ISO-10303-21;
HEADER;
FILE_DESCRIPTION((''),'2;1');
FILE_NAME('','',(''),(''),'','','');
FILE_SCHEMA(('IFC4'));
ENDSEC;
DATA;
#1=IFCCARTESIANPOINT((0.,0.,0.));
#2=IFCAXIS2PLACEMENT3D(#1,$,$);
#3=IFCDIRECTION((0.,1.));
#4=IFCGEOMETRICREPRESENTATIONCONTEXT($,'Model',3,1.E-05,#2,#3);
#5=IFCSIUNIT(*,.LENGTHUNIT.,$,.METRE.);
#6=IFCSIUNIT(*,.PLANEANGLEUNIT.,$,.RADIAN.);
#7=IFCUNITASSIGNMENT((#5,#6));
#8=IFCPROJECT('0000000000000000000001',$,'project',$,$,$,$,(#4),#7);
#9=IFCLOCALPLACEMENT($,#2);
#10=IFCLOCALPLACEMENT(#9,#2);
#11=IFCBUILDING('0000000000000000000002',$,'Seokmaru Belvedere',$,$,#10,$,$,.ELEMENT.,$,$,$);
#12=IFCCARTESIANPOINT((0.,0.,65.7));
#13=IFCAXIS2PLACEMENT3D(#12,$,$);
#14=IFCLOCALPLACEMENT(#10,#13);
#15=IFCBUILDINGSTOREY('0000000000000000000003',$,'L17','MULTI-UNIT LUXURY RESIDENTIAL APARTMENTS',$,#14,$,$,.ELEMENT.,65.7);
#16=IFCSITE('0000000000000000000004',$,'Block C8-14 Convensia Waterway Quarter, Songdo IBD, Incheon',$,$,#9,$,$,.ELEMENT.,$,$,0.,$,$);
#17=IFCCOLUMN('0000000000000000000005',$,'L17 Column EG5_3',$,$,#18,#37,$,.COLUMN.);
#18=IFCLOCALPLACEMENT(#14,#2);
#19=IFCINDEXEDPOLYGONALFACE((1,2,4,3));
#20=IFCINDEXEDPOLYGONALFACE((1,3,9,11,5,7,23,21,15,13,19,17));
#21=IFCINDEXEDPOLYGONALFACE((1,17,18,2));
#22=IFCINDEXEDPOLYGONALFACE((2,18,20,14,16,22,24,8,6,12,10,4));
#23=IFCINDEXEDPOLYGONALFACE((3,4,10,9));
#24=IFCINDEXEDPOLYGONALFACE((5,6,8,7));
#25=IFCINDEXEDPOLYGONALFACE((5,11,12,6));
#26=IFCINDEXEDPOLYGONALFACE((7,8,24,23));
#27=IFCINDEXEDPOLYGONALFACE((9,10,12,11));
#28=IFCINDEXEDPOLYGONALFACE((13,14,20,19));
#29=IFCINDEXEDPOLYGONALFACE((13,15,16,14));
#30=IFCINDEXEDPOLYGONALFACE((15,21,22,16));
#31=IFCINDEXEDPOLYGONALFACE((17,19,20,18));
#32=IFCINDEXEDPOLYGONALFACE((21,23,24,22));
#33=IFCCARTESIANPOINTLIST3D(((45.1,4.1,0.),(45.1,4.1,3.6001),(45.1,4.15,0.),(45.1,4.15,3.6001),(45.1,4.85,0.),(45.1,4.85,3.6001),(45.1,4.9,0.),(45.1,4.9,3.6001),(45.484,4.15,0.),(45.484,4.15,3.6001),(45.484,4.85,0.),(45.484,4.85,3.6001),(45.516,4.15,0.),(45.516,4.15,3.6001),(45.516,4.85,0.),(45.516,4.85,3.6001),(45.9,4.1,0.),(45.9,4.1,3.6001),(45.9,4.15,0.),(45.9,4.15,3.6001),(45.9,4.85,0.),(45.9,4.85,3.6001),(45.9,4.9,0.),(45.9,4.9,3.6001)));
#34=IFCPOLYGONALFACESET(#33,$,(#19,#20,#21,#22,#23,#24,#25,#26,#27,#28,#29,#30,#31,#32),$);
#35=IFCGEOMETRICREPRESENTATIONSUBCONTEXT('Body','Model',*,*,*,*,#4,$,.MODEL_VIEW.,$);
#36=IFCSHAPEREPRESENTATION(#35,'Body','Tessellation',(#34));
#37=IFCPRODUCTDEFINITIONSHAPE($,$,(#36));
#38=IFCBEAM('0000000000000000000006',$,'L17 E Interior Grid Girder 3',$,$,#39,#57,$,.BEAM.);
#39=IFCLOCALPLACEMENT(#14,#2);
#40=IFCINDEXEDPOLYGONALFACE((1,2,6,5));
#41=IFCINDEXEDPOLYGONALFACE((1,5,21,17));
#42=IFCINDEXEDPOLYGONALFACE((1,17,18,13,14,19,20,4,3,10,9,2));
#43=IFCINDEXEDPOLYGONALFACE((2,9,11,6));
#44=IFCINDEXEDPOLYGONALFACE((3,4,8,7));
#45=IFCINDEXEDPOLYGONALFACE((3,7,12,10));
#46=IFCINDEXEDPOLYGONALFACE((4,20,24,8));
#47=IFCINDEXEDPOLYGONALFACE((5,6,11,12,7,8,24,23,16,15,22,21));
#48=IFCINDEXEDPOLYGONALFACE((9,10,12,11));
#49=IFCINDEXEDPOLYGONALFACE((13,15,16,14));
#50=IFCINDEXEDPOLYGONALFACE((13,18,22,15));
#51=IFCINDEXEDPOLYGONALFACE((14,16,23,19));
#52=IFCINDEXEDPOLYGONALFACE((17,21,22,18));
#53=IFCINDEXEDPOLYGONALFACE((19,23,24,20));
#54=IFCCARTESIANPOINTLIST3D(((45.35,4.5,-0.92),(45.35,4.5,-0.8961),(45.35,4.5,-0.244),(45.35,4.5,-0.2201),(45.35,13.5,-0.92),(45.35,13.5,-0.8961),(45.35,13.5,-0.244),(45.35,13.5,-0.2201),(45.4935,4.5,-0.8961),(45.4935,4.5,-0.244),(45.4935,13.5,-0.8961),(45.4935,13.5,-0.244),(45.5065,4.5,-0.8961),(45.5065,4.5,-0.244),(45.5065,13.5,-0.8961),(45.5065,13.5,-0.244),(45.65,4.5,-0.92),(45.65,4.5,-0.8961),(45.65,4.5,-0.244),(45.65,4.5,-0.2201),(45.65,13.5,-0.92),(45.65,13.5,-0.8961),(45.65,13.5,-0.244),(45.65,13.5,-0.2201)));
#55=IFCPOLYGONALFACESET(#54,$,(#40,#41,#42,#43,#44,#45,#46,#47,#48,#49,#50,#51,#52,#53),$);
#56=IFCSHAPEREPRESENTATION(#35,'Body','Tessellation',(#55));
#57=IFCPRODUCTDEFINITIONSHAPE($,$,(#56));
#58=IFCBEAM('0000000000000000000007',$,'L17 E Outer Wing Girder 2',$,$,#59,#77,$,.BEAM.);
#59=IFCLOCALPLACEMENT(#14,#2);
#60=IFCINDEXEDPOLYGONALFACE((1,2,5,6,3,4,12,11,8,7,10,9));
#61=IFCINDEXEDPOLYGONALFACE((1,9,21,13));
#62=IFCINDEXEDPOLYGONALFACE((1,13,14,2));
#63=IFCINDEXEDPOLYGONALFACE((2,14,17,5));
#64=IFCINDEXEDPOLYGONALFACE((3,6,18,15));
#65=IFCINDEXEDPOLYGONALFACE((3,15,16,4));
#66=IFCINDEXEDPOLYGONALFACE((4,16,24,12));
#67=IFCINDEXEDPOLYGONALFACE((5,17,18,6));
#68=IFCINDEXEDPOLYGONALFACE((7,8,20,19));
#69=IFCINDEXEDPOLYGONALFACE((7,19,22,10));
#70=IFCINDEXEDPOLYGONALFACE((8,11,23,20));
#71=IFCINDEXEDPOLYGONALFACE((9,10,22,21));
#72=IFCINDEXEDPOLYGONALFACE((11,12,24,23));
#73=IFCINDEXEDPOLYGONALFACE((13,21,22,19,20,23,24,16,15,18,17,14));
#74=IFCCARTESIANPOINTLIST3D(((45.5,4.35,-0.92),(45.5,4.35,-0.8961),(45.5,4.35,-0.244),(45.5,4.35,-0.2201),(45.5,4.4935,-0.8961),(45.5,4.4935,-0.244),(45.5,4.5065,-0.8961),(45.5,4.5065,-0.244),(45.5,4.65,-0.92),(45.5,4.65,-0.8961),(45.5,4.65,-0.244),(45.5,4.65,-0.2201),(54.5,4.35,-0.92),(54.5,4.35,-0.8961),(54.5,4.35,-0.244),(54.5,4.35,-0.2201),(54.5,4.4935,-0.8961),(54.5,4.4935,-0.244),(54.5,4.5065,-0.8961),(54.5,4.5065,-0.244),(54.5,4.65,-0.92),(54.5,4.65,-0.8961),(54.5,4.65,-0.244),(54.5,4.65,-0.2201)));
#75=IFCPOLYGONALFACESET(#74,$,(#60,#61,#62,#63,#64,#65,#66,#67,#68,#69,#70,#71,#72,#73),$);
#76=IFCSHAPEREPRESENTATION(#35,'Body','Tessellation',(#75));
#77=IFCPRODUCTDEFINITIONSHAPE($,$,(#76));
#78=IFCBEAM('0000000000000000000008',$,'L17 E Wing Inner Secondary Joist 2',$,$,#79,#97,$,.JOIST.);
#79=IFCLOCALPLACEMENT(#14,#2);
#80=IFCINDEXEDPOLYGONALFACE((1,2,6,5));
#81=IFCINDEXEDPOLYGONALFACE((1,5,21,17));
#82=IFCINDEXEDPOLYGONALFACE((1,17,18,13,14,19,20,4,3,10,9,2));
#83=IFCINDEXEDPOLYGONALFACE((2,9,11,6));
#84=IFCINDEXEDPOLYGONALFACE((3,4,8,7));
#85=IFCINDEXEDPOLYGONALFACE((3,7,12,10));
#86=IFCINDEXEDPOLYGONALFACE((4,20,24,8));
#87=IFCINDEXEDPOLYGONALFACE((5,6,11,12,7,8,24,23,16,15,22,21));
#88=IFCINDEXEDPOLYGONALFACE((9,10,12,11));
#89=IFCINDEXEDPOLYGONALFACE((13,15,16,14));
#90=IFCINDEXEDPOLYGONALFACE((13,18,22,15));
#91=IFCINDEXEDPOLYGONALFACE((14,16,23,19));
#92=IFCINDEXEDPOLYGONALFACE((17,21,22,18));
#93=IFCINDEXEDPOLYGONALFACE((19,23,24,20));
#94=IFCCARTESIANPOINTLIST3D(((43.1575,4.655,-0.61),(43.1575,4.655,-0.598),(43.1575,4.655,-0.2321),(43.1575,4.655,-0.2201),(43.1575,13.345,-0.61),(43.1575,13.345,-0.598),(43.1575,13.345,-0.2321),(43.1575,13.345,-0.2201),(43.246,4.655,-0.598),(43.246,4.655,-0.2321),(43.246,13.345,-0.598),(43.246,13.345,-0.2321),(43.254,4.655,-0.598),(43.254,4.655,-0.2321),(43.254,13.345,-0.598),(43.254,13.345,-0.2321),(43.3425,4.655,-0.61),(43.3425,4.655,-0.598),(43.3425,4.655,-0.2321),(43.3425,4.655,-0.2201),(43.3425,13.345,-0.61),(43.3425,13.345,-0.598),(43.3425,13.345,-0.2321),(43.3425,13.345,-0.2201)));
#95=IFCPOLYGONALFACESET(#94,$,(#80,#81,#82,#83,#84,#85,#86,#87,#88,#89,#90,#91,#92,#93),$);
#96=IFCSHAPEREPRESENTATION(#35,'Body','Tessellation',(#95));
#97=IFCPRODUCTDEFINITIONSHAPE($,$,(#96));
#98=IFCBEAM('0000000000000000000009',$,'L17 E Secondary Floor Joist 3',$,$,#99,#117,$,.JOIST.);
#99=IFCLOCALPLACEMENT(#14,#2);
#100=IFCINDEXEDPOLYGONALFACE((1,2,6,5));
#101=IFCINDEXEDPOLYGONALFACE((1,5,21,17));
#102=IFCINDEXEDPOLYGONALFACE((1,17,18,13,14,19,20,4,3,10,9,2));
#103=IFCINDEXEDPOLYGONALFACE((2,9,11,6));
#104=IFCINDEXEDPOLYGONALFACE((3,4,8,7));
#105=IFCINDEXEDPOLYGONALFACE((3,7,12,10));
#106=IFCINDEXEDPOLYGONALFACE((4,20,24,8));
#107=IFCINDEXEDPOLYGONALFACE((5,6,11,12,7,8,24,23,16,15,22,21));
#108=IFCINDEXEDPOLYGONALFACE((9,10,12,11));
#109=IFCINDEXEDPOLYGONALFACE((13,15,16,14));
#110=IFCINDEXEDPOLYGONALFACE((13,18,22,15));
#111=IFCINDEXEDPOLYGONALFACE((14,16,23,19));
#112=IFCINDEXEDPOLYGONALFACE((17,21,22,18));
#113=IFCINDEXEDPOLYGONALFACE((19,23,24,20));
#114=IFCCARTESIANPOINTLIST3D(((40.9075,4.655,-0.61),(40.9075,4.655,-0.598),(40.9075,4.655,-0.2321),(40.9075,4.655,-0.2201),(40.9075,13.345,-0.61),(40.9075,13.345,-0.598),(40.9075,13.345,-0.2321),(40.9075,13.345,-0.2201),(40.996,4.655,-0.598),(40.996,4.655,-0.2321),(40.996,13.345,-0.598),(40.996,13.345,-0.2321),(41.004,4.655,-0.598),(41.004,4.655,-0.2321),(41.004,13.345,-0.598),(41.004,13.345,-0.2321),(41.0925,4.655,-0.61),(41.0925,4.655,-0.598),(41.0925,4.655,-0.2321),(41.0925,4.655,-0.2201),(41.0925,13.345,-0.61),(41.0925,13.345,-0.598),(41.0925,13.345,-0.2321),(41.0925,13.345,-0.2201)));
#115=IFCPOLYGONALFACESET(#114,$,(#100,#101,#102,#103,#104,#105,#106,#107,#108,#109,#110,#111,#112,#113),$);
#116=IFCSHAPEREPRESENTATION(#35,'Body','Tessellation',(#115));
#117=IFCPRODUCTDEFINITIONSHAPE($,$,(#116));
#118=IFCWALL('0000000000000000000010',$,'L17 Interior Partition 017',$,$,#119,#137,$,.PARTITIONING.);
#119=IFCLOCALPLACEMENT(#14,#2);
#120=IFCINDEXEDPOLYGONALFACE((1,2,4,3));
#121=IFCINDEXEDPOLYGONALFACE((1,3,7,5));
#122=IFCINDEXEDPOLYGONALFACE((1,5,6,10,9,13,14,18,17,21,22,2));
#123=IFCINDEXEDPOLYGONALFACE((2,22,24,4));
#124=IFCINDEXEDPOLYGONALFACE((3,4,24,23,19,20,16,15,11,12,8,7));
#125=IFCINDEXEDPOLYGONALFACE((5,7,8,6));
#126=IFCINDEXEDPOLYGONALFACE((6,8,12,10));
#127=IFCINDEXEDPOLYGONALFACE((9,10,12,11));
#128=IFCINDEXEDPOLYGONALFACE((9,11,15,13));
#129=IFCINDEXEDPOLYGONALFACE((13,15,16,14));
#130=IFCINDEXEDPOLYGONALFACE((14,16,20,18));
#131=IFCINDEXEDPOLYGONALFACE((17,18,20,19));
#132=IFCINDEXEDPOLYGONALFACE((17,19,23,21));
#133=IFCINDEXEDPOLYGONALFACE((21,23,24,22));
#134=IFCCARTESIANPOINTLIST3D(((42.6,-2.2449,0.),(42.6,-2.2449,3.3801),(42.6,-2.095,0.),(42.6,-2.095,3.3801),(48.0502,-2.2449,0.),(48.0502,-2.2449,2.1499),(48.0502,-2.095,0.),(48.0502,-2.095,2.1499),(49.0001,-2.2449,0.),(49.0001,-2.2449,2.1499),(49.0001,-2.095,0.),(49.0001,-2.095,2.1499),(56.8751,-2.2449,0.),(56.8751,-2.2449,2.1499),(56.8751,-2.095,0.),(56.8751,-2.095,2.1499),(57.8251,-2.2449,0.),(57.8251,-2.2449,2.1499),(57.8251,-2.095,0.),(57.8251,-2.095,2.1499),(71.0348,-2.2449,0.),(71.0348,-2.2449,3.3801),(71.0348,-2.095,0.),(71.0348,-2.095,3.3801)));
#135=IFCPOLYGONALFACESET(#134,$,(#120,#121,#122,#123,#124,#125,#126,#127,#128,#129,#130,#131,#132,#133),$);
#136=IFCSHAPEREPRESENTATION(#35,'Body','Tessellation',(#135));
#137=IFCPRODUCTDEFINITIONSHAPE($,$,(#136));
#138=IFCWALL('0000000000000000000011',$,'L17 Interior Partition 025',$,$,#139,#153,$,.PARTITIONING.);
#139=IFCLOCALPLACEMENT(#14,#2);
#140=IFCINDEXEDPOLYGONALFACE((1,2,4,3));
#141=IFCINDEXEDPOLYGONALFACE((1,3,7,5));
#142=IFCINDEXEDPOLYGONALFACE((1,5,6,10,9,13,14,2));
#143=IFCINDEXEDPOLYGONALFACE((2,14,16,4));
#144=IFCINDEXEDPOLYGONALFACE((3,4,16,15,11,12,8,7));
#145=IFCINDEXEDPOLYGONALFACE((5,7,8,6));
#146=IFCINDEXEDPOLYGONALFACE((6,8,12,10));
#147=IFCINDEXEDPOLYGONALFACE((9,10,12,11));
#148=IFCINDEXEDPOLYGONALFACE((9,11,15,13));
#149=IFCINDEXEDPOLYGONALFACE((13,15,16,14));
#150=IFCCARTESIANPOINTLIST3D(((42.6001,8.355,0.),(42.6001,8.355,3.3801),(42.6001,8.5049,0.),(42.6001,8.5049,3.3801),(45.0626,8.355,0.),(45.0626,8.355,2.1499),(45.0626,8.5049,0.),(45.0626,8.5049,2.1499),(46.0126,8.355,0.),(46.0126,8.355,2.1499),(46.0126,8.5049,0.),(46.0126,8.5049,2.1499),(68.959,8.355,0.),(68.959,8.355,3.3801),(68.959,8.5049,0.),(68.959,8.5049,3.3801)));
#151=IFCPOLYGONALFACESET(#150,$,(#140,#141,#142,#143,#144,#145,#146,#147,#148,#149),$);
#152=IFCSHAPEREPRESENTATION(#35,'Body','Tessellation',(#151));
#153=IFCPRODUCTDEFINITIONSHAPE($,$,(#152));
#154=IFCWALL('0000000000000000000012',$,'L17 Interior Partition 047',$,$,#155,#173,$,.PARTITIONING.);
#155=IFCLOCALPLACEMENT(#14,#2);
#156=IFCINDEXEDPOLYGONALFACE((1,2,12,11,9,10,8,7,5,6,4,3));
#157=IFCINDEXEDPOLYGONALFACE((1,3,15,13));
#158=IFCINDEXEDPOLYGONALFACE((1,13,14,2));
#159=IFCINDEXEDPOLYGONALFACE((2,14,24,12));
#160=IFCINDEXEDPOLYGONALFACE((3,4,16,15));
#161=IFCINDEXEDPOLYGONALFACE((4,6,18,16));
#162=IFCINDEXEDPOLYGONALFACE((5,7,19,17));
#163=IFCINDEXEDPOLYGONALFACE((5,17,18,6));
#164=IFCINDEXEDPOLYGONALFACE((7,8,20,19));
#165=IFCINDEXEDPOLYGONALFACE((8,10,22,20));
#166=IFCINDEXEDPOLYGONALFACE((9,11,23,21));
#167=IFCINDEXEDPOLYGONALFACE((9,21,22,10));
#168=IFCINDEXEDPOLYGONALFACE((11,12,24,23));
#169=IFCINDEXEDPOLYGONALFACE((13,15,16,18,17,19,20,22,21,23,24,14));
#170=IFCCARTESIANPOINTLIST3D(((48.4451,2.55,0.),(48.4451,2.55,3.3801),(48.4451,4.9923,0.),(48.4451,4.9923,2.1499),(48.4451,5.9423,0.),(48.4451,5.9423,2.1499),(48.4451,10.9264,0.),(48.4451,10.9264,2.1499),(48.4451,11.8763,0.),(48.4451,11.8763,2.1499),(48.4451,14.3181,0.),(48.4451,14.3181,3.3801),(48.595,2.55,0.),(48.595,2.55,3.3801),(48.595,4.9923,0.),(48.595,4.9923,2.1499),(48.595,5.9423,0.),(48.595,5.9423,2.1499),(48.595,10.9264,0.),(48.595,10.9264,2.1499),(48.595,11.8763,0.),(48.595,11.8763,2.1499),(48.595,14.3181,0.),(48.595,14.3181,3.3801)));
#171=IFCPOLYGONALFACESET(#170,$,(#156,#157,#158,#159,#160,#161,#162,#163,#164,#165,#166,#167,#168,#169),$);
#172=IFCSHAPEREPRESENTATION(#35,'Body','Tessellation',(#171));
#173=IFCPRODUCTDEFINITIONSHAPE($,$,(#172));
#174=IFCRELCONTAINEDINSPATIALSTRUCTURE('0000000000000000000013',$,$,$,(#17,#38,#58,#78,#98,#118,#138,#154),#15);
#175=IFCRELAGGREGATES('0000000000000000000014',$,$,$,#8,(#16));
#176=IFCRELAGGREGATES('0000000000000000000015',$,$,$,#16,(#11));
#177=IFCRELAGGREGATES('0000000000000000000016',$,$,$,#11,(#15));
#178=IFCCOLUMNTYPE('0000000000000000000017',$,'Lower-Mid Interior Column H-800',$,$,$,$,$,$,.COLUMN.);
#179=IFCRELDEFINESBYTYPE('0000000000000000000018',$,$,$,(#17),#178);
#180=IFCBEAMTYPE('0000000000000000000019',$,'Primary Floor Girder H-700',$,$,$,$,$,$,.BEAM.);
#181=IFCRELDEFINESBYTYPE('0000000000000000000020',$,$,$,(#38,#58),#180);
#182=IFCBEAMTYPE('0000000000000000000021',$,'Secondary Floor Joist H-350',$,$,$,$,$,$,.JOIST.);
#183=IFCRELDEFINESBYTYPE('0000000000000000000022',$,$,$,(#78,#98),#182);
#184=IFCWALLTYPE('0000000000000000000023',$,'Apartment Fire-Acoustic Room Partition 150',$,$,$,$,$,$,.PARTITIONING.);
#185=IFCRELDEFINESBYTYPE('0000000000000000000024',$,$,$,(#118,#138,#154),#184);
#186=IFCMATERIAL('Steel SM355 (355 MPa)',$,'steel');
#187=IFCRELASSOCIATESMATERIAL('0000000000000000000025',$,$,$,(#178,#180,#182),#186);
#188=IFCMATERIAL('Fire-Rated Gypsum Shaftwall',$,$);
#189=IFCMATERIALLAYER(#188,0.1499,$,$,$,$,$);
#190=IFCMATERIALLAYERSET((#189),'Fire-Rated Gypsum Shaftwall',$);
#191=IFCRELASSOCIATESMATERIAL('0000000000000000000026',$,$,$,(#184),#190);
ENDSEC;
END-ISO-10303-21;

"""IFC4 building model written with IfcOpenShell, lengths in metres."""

from ifc_helpers import new_model, si_unit, direction, frame, frame_2d, origin, origin_2d, place, context, subcontext, project, spatial, rectangle, i_section, extrude, source, transform, mapped, material, layer, layer_set, material_profile, profile_set, type_object, type_shapes, element, save


model = new_model("IFC4")

# Units and contexts
model_context = context("Model", 3, precision=1e-05, world=origin(), true_north=direction((0.0, 1.0)))
body_context = subcontext(model_context, "Body", "Model", "MODEL_VIEW")
ifc_project = project(units=[si_unit("LENGTHUNIT", "METRE"), si_unit("PLANEANGLEUNIT", "RADIAN")], contexts=[model_context])

# Site, building, storey
site_placement = place(None, origin())
site = spatial("IfcSite", under=ifc_project, at=site_placement, Name="Block C8-14 Convensia Waterway Quarter, Songdo IBD, Incheon", CompositionType="ELEMENT", RefElevation=0.0)
building_placement = place(site_placement, origin())
building = spatial("IfcBuilding", under=site, at=building_placement, Name="Seokmaru Belvedere", CompositionType="ELEMENT")
storey_placement = place(building_placement, frame((0.0, 0.0, 65.7)))
storey = spatial("IfcBuildingStorey", under=building, at=storey_placement, Name="L17", Description="MULTI-UNIT LUXURY RESIDENTIAL APARTMENTS", CompositionType="ELEMENT", Elevation=65.7)

# Column
ifc_material_1 = material(Name="Steel SM355 (355 MPa)", Category="steel")
ifc_material_profile_1 = material_profile(ifc_material_1, i_section(OverallWidth=0.8, OverallDepth=0.8, WebThickness=0.032, FlangeThickness=0.05, at=origin_2d()), Name="H-800x800x32x50")
ifc_profile_set_1 = profile_set([ifc_material_profile_1], Name="Steel SM355 (355 MPa)")
column_type = type_object("IfcColumnType", Name="Lower-Mid Interior Column H-800", PredefinedType="COLUMN", material=ifc_profile_set_1)
shared_shape_1 = source(origin(), body_context, "Body", "SweptSolid", [
    extrude(i_section(OverallWidth=0.8, OverallDepth=0.8, WebThickness=0.032, FlangeThickness=0.05, at=origin_2d()), origin(), (0.0, 0.0, 1.0), 3.6001),
])
type_shapes(column_type, [shared_shape_1])
column_placement = place(storey_placement, frame((45.5, 4.5, 0.0), z_axis=(0.0, 0.0, 1.0), x_axis=(1.0, 0.0, 0.0)))
element("IfcColumn", 1, at=column_placement, inside=storey, type_object=column_type, Name="L17 Column EG5_3", PredefinedType="COLUMN", context=body_context, shape_type="MappedRepresentation", body=[
    mapped(shared_shape_1, transform((0.0, 0.0, 0.0), scale=1.0)),
])

# Beams
ifc_material_profile_2 = material_profile(ifc_material_1, i_section(OverallWidth=0.3, OverallDepth=0.7, WebThickness=0.0129, FlangeThickness=0.0239, at=origin_2d()), Name="H-700x300x13x24")
ifc_profile_set_2 = profile_set([ifc_material_profile_2], Name="Steel SM355 (355 MPa)")
beam_type_1 = type_object("IfcBeamType", Name="Primary Floor Girder H-700", PredefinedType="BEAM", material=ifc_profile_set_2)
shared_shape_2 = source(origin(), body_context, "Body", "SweptSolid", [
    extrude(i_section(OverallWidth=0.3, OverallDepth=0.7, WebThickness=0.0129, FlangeThickness=0.0239, at=origin_2d()), origin(), (0.0, 0.0, 1.0), 9.0),
])
type_shapes(beam_type_1, [shared_shape_2])
for number, where, z_axis, x_axis, name in (
    (2, (45.5, 4.5, -0.5701), (0.0, 1.0, 0.0), (-1.0, 0.0, 0.0), "L17 E Interior Grid Girder 3"),
    (3, (45.5, 4.5, -0.5701), (1.0, 0.0, 0.0), (0.0, 1.0, 0.0), "L17 E Outer Wing Girder 2"),
):
    element("IfcBeam", number, at=place(storey_placement, frame(where, z_axis=z_axis, x_axis=x_axis)), inside=storey, type_object=beam_type_1, Name=name, PredefinedType="BEAM", context=body_context, shape_type="MappedRepresentation", body=[
        mapped(shared_shape_2, transform((0.0, 0.0, 0.0), scale=1.0)),
    ])
ifc_material_profile_3 = material_profile(ifc_material_1, i_section(OverallWidth=0.1851, OverallDepth=0.3899, WebThickness=0.0081, FlangeThickness=0.012, at=origin_2d()), Name="H-390x185x8x12")
ifc_profile_set_3 = profile_set([ifc_material_profile_3], Name="Steel SM355 (355 MPa)")
beam_type_2 = type_object("IfcBeamType", Name="Secondary Floor Joist H-350", PredefinedType="JOIST", material=ifc_profile_set_3)
shared_shape_3 = source(origin(), body_context, "Body", "SweptSolid", [
    extrude(i_section(OverallWidth=0.1851, OverallDepth=0.3899, WebThickness=0.0081, FlangeThickness=0.012, at=origin_2d()), origin(), (0.0, 0.0, 1.0), 8.6899),
])
type_shapes(beam_type_2, [shared_shape_3])
for number, where, z_axis, x_axis, name in (
    (4, (43.25, 4.655, -0.415), (0.0, 1.0, 0.0), (-1.0, 0.0, 0.0), "L17 E Wing Inner Secondary Joist 2"),
    (5, (41.0, 4.655, -0.415), (0.0, 1.0, 0.0), (-1.0, 0.0, 0.0), "L17 E Secondary Floor Joist 3"),
):
    element("IfcBeam", number, at=place(storey_placement, frame(where, z_axis=z_axis, x_axis=x_axis)), inside=storey, type_object=beam_type_2, Name=name, PredefinedType="JOIST", context=body_context, shape_type="MappedRepresentation", body=[
        mapped(shared_shape_3, transform((0.0, 0.0, 0.0), scale=1.0)),
    ])

# Wall, openings
ifc_material_2 = material(Name="Fire-Rated Gypsum Shaftwall")
ifc_layer_1 = layer(ifc_material_2, 0.1499)
ifc_layer_set_1 = layer_set([ifc_layer_1], Name="Fire-Rated Gypsum Shaftwall")
wall_type_1 = type_object("IfcWallType", Name="Apartment Fire-Acoustic Room Partition 150", PredefinedType="PARTITIONING", material=ifc_layer_set_1)
wall_1_placement = place(storey_placement, frame((42.6001, -2.1699, 0.0), z_axis=(0.0, 0.0, 1.0), x_axis=(1.0, 0.0, 0.0)))
wall_1 = element("IfcWall", 6, at=wall_1_placement, inside=storey, type_object=wall_type_1, Name="L17 Interior Partition 017", PredefinedType="PARTITIONING", context=body_context, shape_type="SweptSolid", body=[
    extrude(rectangle(XDim=28.4348, YDim=0.1499, at=frame_2d((14.2173, 0.0))), origin(), (0.0, 0.0, 1.0), 3.3801),
])
opening_1_placement = place(wall_1_placement, frame((5.45, 0.0, 0.0)))
element("IfcOpeningElement", 7, at=opening_1_placement, cuts=wall_1, PredefinedType="OPENING", context=body_context, shape_type="SweptSolid", body=[
    extrude(rectangle(XDim=0.95, YDim=2.1499, at=frame_2d((0.4751, 1.075))), frame((0.0, 0.085, 0.0), z_axis=(0.0, -1.0, 0.0), x_axis=(1.0, 0.0, 0.0)), (0.0, 0.0, 1.0), 0.1699),
])
opening_2_placement = place(wall_1_placement, frame((14.2749, 0.0, 0.0)))
element("IfcOpeningElement", 8, at=opening_2_placement, cuts=wall_1, PredefinedType="OPENING", context=body_context, shape_type="SweptSolid", body=[
    extrude(rectangle(XDim=0.95, YDim=2.1499, at=frame_2d((0.4751, 1.075))), frame((0.0, 0.085, 0.0), z_axis=(0.0, -1.0, 0.0), x_axis=(1.0, 0.0, 0.0)), (0.0, 0.0, 1.0), 0.1699),
])

# Wall, opening
wall_2_placement = place(storey_placement, frame((42.6001, 8.4299, 0.0), z_axis=(0.0, 0.0, 1.0), x_axis=(1.0, 0.0, 0.0)))
wall_2 = element("IfcWall", 9, at=wall_2_placement, inside=storey, type_object=wall_type_1, Name="L17 Interior Partition 025", PredefinedType="PARTITIONING", context=body_context, shape_type="SweptSolid", body=[
    extrude(rectangle(XDim=26.3589, YDim=0.1499, at=frame_2d((13.1794, 0.0))), origin(), (0.0, 0.0, 1.0), 3.3801),
])
opening_3_placement = place(wall_2_placement, frame((2.4624, 0.0, 0.0)))
element("IfcOpeningElement", 10, at=opening_3_placement, cuts=wall_2, PredefinedType="OPENING", context=body_context, shape_type="SweptSolid", body=[
    extrude(rectangle(XDim=0.95, YDim=2.1499, at=frame_2d((0.4751, 1.075))), frame((0.0, 0.085, 0.0), z_axis=(0.0, -1.0, 0.0), x_axis=(1.0, 0.0, 0.0)), (0.0, 0.0, 1.0), 0.1699),
])

# Wall, openings
wall_3_placement = place(storey_placement, frame((48.52, 2.55, 0.0), z_axis=(0.0, 0.0, 1.0), x_axis=(0.0, 1.0, 0.0)))
wall_3 = element("IfcWall", 11, at=wall_3_placement, inside=storey, type_object=wall_type_1, Name="L17 Interior Partition 047", PredefinedType="PARTITIONING", context=body_context, shape_type="SweptSolid", body=[
    extrude(rectangle(XDim=11.7681, YDim=0.1499, at=frame_2d((5.884, 0.0))), origin(), (0.0, 0.0, 1.0), 3.3801),
])
opening_4_placement = place(wall_3_placement, frame((8.3762, 0.0, 0.0)))
element("IfcOpeningElement", 12, at=opening_4_placement, cuts=wall_3, PredefinedType="OPENING", context=body_context, shape_type="SweptSolid", body=[
    extrude(rectangle(XDim=0.95, YDim=2.1499, at=frame_2d((0.4751, 1.075))), frame((0.0, 0.085, 0.0), z_axis=(0.0, -1.0, 0.0), x_axis=(1.0, 0.0, 0.0)), (0.0, 0.0, 1.0), 0.1699),
])
opening_5_placement = place(wall_3_placement, frame((2.4421, 0.0, 0.0)))
element("IfcOpeningElement", 13, at=opening_5_placement, cuts=wall_3, PredefinedType="OPENING", context=body_context, shape_type="SweptSolid", body=[
    extrude(rectangle(XDim=0.95, YDim=2.1499, at=frame_2d((0.4751, 1.075))), frame((0.0, 0.085, 0.0), z_axis=(0.0, -1.0, 0.0), x_axis=(1.0, 0.0, 0.0)), (0.0, 0.0, 1.0), 0.1699),
])

save(model, "model.ifc")
